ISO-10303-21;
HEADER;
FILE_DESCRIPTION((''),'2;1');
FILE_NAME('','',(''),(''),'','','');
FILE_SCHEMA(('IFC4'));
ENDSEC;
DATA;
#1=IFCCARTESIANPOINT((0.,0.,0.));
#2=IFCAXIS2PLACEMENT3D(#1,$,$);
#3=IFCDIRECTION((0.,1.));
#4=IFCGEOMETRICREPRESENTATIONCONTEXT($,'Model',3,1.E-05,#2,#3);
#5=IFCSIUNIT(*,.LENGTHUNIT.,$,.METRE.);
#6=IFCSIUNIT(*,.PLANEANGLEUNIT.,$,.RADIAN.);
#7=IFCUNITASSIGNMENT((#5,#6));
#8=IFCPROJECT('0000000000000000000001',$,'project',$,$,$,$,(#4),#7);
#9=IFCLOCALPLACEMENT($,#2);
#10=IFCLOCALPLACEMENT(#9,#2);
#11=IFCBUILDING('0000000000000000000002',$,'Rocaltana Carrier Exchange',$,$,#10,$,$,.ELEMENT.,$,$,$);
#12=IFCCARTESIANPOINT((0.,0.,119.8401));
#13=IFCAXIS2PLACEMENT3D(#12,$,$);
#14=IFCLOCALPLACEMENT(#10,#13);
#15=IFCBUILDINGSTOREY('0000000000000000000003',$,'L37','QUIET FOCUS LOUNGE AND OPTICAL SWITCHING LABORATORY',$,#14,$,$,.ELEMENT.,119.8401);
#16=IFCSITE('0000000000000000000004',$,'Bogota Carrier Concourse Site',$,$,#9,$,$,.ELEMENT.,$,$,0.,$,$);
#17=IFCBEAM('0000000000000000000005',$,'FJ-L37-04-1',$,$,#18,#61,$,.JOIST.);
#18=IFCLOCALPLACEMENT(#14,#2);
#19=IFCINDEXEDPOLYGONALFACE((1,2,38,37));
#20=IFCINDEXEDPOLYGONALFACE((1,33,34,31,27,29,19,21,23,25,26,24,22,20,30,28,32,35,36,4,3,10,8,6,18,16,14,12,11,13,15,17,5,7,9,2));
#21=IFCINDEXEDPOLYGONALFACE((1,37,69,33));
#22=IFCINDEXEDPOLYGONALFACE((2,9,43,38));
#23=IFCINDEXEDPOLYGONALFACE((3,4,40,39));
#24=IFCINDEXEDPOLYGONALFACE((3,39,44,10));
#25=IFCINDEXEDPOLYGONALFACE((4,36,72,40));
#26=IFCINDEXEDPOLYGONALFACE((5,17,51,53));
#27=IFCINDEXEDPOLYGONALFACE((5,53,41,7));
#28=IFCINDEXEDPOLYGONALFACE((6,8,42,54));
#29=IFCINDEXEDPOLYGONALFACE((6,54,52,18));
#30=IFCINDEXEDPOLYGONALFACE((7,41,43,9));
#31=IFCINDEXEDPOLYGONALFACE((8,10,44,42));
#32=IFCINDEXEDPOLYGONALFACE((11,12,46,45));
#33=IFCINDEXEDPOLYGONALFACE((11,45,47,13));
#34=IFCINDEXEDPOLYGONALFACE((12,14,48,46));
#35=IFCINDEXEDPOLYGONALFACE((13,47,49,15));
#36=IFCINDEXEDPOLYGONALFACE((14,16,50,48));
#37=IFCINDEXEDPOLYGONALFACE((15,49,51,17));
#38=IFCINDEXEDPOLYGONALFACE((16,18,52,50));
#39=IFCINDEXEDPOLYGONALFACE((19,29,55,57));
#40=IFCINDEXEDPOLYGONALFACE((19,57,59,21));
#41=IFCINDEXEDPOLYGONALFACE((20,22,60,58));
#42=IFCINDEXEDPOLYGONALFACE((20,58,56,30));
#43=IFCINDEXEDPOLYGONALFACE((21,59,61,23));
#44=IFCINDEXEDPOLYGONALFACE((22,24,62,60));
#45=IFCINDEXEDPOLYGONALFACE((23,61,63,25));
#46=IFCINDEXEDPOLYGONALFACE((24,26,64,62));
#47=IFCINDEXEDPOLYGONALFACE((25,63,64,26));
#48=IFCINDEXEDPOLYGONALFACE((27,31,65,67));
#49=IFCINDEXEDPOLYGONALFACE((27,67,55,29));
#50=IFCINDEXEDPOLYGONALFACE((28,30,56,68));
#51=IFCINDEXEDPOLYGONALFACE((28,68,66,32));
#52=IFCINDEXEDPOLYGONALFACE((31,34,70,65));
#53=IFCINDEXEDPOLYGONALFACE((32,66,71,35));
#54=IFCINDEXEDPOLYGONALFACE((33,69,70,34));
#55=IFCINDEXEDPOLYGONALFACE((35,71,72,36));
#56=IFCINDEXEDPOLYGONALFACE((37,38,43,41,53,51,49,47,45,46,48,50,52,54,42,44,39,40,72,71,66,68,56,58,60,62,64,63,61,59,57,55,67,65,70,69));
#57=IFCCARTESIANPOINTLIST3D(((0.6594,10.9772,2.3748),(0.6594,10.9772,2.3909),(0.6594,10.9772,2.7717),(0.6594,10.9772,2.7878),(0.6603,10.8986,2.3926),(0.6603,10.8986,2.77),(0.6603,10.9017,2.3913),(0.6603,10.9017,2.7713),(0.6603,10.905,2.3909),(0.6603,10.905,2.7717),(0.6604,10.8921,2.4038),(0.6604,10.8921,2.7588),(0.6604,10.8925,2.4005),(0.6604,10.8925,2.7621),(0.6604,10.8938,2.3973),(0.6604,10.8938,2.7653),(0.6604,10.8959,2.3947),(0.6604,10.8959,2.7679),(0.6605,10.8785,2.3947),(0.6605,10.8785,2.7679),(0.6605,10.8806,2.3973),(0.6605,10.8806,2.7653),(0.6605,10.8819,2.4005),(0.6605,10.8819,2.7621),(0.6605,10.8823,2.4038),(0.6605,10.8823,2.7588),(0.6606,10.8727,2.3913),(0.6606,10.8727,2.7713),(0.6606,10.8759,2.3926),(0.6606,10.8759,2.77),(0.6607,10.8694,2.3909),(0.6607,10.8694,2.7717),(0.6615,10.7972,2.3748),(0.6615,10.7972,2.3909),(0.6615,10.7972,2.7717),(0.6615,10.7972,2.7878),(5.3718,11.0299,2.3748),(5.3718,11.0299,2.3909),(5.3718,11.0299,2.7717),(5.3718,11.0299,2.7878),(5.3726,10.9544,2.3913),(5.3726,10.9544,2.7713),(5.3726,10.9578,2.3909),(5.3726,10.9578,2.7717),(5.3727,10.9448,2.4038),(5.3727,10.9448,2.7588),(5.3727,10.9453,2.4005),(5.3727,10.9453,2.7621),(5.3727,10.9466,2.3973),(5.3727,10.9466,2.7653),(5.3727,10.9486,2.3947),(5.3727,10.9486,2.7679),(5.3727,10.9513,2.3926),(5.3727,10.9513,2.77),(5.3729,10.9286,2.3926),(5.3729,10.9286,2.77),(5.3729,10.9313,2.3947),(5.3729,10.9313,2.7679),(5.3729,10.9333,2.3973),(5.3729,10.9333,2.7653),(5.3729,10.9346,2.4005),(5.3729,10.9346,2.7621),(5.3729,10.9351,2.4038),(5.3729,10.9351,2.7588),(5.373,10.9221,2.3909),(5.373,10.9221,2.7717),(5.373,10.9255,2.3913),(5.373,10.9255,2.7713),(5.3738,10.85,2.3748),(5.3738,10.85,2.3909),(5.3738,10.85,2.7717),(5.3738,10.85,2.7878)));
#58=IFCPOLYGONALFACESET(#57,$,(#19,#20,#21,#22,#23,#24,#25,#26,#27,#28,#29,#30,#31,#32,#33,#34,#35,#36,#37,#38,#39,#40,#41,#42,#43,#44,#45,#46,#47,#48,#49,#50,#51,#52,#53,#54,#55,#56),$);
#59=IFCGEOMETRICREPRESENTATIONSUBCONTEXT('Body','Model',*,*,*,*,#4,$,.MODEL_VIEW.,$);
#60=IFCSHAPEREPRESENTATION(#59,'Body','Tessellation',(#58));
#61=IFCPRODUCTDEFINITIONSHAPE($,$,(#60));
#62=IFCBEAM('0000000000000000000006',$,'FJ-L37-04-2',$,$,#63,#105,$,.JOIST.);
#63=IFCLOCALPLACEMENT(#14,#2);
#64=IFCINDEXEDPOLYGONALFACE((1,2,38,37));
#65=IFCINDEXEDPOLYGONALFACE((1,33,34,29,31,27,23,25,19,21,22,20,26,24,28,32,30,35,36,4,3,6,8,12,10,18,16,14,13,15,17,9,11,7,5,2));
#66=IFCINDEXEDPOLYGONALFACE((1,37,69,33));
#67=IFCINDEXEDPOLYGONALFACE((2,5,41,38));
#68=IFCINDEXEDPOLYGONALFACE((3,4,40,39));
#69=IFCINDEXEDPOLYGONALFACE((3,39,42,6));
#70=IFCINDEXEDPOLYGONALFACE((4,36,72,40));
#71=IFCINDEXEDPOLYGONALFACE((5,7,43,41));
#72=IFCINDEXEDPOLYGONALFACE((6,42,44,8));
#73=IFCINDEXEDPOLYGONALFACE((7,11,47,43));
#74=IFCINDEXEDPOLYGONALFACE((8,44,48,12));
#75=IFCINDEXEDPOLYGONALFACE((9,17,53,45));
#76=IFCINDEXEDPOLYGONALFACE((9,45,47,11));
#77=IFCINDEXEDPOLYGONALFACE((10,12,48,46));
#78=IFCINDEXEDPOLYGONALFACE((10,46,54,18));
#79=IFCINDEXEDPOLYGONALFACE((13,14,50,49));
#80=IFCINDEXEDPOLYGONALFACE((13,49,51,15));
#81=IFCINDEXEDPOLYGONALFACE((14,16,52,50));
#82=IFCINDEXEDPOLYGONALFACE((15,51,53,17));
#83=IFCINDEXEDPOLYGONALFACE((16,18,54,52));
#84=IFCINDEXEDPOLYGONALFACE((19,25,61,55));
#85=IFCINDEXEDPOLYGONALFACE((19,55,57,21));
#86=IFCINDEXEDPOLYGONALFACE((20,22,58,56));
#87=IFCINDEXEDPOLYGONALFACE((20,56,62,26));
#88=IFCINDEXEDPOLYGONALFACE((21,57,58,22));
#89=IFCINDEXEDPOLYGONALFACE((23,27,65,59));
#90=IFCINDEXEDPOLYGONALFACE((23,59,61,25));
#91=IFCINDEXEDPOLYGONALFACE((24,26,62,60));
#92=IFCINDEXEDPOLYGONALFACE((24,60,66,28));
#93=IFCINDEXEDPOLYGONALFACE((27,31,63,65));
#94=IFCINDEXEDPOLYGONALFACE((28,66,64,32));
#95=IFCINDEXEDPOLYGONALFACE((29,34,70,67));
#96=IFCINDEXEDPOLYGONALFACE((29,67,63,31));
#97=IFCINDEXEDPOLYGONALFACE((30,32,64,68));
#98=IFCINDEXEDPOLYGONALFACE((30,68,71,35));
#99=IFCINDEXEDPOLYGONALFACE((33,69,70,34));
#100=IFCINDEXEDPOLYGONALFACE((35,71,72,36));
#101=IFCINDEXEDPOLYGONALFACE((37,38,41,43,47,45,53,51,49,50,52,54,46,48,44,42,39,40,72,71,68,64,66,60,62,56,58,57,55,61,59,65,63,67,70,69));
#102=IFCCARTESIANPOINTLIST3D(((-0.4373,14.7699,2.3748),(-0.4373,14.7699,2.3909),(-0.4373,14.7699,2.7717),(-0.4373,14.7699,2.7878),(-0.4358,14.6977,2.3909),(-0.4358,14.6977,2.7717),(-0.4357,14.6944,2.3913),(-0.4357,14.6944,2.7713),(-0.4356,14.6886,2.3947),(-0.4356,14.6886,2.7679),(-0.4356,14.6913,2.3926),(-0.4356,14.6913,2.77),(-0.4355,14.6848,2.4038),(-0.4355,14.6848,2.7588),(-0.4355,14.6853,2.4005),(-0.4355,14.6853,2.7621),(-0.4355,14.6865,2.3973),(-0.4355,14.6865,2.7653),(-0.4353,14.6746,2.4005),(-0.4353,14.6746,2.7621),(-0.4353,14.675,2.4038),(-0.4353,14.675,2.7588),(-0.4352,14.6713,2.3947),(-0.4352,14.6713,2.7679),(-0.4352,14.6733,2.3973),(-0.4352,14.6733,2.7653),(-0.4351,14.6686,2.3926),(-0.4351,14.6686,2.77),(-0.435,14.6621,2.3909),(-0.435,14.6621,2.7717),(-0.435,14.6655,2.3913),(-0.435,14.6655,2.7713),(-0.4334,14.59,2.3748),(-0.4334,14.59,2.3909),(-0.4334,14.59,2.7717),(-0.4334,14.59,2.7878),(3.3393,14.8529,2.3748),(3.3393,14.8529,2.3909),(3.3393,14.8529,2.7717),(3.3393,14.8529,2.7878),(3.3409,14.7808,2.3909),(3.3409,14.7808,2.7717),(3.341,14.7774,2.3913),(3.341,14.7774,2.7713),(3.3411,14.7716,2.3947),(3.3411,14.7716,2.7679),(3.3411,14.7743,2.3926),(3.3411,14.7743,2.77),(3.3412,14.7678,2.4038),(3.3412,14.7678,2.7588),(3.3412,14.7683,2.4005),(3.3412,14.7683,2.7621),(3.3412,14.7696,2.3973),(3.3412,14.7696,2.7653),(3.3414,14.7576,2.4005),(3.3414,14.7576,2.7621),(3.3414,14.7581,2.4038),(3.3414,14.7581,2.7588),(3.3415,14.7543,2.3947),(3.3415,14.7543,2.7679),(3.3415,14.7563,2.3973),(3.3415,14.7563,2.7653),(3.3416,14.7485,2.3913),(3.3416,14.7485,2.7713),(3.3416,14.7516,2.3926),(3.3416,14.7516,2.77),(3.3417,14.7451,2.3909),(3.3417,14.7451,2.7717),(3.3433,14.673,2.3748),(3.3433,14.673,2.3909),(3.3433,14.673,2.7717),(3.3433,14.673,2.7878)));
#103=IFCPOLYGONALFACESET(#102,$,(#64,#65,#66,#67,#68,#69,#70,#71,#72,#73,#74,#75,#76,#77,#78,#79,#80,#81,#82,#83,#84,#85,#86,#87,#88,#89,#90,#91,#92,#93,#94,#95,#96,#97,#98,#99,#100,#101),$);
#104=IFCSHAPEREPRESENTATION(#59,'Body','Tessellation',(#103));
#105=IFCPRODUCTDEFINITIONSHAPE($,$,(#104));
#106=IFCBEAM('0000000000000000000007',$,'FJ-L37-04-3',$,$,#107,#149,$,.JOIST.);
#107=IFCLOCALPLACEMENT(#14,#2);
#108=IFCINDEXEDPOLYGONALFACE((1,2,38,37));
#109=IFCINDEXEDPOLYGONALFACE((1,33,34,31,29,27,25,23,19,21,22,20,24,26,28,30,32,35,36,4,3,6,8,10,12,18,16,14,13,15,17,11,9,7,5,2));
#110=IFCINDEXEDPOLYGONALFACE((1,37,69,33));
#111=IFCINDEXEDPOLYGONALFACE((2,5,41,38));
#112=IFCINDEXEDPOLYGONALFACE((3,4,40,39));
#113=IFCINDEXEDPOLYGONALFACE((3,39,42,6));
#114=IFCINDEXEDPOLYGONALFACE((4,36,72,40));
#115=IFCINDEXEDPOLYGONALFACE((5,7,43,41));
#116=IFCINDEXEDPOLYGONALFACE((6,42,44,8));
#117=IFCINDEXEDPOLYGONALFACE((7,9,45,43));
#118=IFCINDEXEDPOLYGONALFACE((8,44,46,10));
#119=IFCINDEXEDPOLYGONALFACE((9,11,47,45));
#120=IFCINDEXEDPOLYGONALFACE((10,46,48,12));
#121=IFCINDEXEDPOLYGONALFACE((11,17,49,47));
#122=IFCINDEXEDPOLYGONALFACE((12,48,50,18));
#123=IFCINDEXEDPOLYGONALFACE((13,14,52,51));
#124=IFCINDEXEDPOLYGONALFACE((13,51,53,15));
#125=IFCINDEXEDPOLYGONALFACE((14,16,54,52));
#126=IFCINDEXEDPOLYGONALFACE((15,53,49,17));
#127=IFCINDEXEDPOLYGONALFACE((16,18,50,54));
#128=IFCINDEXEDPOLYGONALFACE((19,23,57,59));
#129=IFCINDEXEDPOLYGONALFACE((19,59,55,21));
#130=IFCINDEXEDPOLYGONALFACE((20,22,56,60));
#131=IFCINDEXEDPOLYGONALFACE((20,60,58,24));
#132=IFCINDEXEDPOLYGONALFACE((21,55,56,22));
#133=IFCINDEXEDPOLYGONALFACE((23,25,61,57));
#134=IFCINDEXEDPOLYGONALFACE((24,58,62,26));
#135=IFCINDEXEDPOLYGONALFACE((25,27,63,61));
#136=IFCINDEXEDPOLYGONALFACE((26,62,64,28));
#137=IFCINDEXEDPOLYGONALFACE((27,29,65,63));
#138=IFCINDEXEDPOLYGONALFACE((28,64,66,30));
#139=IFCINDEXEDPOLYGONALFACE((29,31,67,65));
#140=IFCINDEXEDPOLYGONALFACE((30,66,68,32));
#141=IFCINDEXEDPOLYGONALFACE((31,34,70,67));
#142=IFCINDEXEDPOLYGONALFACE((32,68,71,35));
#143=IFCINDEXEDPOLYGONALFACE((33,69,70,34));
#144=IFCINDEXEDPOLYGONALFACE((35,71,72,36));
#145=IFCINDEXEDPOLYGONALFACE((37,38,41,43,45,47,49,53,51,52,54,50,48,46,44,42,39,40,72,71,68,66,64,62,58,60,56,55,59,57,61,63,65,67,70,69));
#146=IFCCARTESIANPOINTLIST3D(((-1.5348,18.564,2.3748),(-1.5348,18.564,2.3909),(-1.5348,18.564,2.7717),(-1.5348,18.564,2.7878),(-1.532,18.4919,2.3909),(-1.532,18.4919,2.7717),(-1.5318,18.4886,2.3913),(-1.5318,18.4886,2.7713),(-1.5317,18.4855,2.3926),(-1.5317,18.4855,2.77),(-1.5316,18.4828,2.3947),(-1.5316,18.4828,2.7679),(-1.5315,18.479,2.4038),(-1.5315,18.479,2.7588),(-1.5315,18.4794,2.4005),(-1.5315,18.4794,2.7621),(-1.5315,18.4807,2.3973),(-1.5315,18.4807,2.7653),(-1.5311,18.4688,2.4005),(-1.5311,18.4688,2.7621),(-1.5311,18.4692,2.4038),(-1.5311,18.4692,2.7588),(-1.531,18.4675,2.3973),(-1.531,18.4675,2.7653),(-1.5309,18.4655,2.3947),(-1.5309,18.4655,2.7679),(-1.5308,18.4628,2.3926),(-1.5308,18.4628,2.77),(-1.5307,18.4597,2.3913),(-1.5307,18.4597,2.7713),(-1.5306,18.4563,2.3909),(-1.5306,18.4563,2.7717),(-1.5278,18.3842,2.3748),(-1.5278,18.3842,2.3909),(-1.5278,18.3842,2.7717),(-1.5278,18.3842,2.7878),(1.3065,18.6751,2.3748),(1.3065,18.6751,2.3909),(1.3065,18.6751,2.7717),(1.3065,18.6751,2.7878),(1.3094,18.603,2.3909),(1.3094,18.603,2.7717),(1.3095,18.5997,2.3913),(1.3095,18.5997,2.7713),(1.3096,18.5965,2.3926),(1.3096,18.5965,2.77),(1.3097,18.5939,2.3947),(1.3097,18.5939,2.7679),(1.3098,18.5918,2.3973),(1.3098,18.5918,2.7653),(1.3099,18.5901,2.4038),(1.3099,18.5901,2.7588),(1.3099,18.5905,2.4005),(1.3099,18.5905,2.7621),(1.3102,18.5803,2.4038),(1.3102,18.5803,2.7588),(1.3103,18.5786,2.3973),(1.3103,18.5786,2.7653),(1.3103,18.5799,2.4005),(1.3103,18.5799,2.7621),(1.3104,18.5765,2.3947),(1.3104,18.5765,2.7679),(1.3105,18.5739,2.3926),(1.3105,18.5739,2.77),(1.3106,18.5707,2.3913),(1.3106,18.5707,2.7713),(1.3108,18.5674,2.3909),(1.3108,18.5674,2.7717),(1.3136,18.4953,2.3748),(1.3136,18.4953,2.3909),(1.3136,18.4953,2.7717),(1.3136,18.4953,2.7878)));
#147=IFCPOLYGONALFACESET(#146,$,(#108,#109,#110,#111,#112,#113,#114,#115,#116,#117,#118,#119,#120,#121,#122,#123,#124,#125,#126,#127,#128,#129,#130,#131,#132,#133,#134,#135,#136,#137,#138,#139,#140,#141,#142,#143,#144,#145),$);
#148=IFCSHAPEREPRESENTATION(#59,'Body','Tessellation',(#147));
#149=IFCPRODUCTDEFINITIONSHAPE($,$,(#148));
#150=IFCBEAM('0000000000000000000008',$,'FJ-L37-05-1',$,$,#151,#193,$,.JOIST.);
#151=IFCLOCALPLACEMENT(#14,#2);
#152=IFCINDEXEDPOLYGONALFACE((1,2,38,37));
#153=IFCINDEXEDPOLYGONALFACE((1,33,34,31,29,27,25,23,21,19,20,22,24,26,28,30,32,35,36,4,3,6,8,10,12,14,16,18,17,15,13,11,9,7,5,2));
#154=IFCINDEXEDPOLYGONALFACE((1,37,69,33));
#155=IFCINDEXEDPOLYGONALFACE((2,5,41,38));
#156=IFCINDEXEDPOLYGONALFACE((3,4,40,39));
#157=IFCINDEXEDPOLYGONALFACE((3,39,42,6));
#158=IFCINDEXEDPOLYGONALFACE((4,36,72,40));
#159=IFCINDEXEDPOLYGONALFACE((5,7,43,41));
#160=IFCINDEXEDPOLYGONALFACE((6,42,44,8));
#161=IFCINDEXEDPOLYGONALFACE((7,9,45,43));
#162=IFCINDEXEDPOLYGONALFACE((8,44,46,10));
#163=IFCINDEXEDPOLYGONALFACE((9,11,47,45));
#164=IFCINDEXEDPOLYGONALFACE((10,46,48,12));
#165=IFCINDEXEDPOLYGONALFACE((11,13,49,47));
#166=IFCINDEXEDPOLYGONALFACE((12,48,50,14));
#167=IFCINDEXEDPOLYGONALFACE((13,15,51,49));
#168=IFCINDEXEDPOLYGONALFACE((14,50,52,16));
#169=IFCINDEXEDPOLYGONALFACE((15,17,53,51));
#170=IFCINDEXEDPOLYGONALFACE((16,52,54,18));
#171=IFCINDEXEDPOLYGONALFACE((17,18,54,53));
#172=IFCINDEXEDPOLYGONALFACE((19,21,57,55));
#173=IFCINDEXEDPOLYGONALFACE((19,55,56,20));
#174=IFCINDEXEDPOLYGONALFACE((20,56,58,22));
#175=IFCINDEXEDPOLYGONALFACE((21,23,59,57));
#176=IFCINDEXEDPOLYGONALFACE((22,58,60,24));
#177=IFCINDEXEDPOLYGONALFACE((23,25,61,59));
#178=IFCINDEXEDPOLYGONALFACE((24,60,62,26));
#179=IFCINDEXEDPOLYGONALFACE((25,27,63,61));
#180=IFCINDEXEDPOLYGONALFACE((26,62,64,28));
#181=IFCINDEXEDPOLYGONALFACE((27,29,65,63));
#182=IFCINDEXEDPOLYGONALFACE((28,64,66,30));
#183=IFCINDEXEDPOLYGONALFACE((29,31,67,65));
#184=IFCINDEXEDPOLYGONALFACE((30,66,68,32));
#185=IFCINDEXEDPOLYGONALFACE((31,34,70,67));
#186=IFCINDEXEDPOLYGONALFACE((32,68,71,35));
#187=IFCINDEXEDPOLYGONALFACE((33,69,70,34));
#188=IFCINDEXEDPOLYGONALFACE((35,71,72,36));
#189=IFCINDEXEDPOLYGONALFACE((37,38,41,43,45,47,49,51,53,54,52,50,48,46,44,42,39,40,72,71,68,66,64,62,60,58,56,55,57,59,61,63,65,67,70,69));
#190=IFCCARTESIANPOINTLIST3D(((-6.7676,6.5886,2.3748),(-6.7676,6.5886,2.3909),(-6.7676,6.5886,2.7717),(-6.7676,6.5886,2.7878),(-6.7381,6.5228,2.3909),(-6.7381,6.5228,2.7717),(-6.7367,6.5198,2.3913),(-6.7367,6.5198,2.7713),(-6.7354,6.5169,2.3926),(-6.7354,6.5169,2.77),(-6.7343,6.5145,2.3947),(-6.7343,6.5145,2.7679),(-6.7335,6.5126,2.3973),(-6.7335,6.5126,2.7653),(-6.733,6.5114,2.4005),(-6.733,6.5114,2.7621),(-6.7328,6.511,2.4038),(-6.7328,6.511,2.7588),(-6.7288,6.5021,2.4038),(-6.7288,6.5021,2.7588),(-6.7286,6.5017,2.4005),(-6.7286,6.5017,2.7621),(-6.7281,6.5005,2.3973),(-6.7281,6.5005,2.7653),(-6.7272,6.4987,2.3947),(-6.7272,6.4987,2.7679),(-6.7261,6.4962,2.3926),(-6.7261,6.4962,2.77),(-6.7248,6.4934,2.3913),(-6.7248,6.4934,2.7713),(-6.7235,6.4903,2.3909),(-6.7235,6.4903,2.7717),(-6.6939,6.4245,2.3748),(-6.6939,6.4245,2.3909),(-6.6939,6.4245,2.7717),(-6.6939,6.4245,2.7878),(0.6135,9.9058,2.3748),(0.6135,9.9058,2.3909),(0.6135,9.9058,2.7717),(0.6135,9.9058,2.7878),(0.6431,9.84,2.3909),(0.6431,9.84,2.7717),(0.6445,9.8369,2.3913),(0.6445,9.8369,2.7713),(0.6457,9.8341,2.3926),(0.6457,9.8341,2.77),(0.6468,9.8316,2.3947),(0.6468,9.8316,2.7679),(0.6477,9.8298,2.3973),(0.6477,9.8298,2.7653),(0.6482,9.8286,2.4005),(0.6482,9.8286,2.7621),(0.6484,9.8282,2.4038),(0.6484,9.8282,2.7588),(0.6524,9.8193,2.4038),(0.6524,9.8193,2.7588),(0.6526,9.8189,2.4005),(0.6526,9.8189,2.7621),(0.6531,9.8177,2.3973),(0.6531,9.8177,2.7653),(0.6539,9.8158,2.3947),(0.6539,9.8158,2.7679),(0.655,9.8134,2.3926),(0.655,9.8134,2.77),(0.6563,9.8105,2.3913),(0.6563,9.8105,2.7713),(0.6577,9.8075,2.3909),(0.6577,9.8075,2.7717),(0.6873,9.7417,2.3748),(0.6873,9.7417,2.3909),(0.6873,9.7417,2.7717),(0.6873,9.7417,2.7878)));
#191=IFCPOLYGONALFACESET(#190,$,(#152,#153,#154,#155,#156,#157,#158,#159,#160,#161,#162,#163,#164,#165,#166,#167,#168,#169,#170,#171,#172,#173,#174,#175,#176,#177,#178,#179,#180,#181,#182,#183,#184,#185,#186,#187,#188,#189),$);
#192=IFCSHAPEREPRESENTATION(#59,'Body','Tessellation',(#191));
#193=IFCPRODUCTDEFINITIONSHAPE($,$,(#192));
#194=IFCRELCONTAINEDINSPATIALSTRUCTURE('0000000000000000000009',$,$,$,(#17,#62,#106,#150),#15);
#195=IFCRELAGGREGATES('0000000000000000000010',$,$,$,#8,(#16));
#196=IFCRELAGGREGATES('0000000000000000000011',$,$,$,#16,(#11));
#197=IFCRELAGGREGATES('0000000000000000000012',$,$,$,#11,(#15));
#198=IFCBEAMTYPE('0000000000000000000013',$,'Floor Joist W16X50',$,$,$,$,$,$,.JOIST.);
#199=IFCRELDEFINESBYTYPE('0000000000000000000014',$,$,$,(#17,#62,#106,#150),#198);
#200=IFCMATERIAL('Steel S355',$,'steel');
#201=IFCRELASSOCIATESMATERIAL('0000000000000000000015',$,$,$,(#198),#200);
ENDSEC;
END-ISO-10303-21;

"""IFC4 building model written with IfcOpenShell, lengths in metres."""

from ifc_helpers import new_model, si_unit, direction, frame, origin, origin_2d, place, context, subcontext, project, spatial, i_section, extrude, material, material_profile, profile_set, type_object, element, save


model = new_model("IFC4")

# Units and contexts
model_context = context("Model", 3, precision=1e-05, world=origin(), true_north=direction((0.0, 1.0)))
body_context = subcontext(model_context, "Body", "Model", "MODEL_VIEW")
ifc_project = project(units=[si_unit("LENGTHUNIT", "METRE"), si_unit("PLANEANGLEUNIT", "RADIAN")], contexts=[model_context])

# Site, building, storey
site_placement = place(None, origin())
site = spatial("IfcSite", under=ifc_project, at=site_placement, Name="Bogota Carrier Concourse Site", CompositionType="ELEMENT", RefElevation=0.0)
building_placement = place(site_placement, origin())
building = spatial("IfcBuilding", under=site, at=building_placement, Name="Rocaltana Carrier Exchange", CompositionType="ELEMENT")
storey_placement = place(building_placement, frame((0.0, 0.0, 119.8401)))
storey = spatial("IfcBuildingStorey", under=building, at=storey_placement, Name="L37", Description="QUIET FOCUS LOUNGE AND OPTICAL SWITCHING LABORATORY", CompositionType="ELEMENT", Elevation=119.8401)

# Beams
ifc_material_1 = material(Name="Steel S355", Category="steel")
ifc_material_profile_1 = material_profile(ifc_material_1, i_section(OverallWidth=0.1799, OverallDepth=0.4131, WebThickness=0.0098, FlangeThickness=0.0161, FilletRadius=0.0129, at=origin_2d()), Name="W16X50")
ifc_profile_set_1 = profile_set([ifc_material_profile_1], Name="Steel S355")
beam_type_1 = type_object("IfcBeamType", Name="Floor Joist W16X50", PredefinedType="JOIST", material=ifc_profile_set_1)
beam_1_placement = place(storey_placement, frame((5.3728, 10.9399, 2.5813), z_axis=(-0.999937, -0.01119, 0.0), x_axis=(0.01119, -0.999937, 0.0)))
element("IfcBeam", 1, at=beam_1_placement, inside=storey, type_object=beam_type_1, Name="FJ-L37-04-1", PredefinedType="JOIST", context=body_context, shape_type="SweptSolid", body=[
    extrude(i_section(OverallWidth=0.1799, OverallDepth=0.4131, WebThickness=0.0098, FlangeThickness=0.0161, FilletRadius=0.0129, at=origin_2d()), origin(), (0.0, 0.0, 1.0), 4.7126),
])
beam_2_placement = place(storey_placement, frame((3.3413, 14.7629, 2.5813), z_axis=(-0.999759, -0.021974, 0.0), x_axis=(0.021974, -0.999759, 0.0)))
element("IfcBeam", 2, at=beam_2_placement, inside=storey, type_object=beam_type_1, Name="FJ-L37-04-2", PredefinedType="JOIST", context=body_context, shape_type="SweptSolid", body=[
    extrude(i_section(OverallWidth=0.1799, OverallDepth=0.4131, WebThickness=0.0098, FlangeThickness=0.0161, FilletRadius=0.0129, at=origin_2d()), origin(), (0.0, 0.0, 1.0), 3.7776),
])
beam_3_placement = place(storey_placement, frame((1.3101, 18.5852, 2.5813), z_axis=(-0.999237, -0.039066, 0.0), x_axis=(0.039066, -0.999237, 0.0)))
element("IfcBeam", 3, at=beam_3_placement, inside=storey, type_object=beam_type_1, Name="FJ-L37-04-3", PredefinedType="JOIST", context=body_context, shape_type="SweptSolid", body=[
    extrude(i_section(OverallWidth=0.1799, OverallDepth=0.4131, WebThickness=0.0098, FlangeThickness=0.0161, FilletRadius=0.0129, at=origin_2d()), origin(), (0.0, 0.0, 1.0), 2.8435),
])
beam_4_placement = place(storey_placement, frame((0.6504, 9.8237, 2.5813), z_axis=(-0.912123, -0.409917, 0.0), x_axis=(0.409917, -0.912123, 0.0)))
element("IfcBeam", 4, at=beam_4_placement, inside=storey, type_object=beam_type_1, Name="FJ-L37-05-1", PredefinedType="JOIST", context=body_context, shape_type="SweptSolid", body=[
    extrude(i_section(OverallWidth=0.1799, OverallDepth=0.4131, WebThickness=0.0098, FlangeThickness=0.0161, FilletRadius=0.0129, at=origin_2d()), origin(), (0.0, 0.0, 1.0), 8.0923),
])

save(model, "model.ifc")
